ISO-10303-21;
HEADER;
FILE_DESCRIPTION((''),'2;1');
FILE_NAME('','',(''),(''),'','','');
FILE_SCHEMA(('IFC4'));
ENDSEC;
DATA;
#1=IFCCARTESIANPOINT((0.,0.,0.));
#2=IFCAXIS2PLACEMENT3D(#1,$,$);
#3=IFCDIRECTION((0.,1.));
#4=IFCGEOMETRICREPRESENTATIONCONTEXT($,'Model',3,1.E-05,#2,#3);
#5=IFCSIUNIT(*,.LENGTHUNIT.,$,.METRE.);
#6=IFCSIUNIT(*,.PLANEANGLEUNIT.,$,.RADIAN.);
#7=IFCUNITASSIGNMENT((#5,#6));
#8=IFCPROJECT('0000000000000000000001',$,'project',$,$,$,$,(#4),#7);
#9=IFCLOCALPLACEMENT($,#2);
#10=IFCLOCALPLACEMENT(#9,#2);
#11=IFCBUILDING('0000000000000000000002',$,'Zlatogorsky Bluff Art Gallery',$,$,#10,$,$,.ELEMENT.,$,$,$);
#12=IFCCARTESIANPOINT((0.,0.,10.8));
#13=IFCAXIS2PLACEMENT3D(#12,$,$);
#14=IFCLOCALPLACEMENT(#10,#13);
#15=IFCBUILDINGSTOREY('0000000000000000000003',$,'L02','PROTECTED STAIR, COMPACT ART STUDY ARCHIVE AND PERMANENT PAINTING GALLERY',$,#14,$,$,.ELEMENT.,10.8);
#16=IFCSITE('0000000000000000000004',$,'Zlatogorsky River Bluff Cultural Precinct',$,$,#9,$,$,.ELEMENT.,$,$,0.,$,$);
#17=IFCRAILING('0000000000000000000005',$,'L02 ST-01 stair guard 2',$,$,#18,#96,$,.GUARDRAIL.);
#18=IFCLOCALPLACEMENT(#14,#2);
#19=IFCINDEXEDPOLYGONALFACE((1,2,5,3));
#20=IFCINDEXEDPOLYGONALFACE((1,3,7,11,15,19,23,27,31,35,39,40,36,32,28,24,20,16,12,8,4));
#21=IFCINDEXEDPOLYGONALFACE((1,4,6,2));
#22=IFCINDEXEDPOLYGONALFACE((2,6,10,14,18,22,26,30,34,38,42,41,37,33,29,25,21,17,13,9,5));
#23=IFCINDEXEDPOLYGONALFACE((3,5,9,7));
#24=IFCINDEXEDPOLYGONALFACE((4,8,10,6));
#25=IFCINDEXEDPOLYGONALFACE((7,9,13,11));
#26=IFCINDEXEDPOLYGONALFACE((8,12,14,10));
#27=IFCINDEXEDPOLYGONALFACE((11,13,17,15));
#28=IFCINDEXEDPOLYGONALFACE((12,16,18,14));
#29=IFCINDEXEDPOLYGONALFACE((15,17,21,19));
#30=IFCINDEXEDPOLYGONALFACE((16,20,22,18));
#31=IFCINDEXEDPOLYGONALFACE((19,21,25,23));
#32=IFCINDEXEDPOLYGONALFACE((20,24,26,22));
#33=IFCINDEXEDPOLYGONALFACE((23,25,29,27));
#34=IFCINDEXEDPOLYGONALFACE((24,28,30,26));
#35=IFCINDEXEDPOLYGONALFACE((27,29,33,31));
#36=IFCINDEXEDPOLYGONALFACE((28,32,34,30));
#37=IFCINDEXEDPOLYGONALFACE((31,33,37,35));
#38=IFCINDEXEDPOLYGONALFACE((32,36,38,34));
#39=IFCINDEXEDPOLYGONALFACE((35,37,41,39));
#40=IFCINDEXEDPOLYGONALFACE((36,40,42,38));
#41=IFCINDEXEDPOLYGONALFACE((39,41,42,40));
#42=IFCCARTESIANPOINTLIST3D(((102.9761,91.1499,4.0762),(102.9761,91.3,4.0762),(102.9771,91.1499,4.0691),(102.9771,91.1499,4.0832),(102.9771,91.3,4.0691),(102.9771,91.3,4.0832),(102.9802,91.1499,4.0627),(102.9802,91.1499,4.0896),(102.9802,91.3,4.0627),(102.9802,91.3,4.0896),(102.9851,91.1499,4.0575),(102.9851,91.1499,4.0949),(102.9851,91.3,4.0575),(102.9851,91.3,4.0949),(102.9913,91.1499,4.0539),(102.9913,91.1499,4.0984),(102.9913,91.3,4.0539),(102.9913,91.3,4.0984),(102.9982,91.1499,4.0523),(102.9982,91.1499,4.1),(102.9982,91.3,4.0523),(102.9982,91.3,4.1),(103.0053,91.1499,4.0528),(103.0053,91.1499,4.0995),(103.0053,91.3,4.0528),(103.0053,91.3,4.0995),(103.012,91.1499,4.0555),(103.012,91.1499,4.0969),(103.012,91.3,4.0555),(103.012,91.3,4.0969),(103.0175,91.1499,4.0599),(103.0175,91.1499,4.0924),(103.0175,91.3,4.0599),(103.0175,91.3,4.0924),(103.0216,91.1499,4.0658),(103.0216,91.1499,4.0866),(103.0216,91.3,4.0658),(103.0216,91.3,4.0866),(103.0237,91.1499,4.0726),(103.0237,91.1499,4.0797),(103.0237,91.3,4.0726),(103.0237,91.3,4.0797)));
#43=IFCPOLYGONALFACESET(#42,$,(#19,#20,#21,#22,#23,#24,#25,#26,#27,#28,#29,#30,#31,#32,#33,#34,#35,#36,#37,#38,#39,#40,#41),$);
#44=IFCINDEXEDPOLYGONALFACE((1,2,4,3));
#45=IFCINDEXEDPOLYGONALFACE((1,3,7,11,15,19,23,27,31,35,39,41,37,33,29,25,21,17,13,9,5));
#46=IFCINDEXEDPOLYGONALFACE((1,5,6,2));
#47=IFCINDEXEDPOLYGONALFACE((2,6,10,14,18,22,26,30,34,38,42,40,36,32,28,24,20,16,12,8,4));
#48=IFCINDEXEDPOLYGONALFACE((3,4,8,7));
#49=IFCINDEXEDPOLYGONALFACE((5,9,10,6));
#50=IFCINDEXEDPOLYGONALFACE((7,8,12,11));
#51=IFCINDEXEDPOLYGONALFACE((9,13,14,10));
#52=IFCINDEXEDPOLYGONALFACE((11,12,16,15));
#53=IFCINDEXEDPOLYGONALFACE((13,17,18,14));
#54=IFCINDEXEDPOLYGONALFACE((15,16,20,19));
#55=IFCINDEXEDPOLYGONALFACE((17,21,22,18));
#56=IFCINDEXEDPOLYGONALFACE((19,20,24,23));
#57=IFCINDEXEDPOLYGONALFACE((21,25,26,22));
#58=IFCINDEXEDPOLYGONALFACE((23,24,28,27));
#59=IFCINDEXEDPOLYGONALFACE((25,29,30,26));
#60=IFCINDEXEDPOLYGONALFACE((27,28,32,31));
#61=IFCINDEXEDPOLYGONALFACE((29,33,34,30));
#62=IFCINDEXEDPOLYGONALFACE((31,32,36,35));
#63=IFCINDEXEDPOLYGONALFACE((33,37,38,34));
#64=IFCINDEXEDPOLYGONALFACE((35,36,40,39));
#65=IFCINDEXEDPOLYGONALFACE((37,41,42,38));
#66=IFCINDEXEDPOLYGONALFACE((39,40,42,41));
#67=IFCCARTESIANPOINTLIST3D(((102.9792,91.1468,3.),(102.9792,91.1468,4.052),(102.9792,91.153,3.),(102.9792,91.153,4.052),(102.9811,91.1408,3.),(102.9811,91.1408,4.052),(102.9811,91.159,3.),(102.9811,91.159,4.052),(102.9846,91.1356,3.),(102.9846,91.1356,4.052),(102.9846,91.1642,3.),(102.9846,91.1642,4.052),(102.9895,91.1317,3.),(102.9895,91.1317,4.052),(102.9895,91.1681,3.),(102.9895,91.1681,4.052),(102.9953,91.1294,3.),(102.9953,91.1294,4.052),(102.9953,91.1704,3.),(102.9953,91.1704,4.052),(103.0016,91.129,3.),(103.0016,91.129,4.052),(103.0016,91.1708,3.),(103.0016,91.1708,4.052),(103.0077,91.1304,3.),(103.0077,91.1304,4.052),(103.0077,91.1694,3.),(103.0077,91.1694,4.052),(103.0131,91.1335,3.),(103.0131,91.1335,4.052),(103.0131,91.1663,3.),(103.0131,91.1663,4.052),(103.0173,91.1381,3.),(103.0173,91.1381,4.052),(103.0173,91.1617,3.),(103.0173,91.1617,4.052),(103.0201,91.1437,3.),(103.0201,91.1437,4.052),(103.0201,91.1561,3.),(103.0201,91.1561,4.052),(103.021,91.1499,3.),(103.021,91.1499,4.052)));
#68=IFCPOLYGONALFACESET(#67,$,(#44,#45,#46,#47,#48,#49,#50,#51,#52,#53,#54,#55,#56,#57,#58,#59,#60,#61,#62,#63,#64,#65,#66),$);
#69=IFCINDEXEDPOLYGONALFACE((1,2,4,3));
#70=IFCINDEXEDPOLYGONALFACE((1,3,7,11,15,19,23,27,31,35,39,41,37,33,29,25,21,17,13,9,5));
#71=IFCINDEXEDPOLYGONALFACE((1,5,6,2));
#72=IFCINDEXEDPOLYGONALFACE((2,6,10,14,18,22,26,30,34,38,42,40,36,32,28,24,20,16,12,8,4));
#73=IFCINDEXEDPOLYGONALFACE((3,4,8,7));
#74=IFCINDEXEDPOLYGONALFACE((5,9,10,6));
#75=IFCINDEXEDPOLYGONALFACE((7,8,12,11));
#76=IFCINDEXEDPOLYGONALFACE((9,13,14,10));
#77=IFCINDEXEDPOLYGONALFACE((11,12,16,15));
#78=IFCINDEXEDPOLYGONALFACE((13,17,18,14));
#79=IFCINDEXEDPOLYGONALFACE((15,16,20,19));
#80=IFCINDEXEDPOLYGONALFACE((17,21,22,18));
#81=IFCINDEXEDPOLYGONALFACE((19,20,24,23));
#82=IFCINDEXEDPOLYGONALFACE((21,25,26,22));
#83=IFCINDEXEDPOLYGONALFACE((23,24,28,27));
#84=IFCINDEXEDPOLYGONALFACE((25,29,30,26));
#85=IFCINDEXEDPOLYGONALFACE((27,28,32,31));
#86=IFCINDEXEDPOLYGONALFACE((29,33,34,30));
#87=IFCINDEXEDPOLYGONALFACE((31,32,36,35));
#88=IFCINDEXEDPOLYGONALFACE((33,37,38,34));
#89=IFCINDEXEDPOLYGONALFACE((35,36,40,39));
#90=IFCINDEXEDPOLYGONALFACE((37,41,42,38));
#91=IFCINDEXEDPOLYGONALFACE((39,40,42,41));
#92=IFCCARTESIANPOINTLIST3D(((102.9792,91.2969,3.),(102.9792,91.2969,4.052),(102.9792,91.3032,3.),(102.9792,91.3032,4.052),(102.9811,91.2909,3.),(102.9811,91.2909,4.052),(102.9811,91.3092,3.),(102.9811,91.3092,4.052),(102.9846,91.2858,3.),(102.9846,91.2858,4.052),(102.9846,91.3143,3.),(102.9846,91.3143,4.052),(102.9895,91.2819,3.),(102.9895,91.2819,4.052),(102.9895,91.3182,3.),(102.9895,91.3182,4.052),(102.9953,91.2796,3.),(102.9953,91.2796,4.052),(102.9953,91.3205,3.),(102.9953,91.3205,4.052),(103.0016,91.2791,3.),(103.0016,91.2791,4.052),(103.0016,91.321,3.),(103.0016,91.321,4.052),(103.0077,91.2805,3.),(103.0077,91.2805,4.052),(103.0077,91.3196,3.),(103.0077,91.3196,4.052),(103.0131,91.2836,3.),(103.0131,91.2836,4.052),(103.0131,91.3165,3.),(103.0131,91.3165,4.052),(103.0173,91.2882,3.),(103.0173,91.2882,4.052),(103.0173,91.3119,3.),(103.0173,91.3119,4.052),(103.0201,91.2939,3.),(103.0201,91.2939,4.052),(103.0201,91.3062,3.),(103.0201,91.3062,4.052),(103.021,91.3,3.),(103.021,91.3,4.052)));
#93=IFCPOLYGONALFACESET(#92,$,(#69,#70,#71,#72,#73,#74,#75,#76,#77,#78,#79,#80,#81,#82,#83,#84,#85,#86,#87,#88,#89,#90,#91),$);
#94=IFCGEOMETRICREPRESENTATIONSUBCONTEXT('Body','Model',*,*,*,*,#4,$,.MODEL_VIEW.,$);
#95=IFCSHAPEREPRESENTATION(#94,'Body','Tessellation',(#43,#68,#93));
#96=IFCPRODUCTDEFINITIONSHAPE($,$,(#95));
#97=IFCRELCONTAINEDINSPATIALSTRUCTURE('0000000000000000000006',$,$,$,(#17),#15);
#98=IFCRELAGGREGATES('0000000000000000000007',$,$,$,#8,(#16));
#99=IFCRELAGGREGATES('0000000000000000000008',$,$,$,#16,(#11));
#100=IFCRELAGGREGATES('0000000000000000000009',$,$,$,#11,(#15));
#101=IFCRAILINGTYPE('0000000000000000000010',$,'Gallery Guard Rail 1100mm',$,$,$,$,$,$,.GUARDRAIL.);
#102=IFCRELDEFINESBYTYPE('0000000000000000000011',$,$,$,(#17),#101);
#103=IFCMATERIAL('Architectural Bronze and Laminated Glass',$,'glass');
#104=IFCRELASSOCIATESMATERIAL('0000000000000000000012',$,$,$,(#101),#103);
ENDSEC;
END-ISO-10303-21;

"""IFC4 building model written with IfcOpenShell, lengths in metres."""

from ifc_helpers import new_model, si_unit, direction, frame, origin, origin_2d, place, context, subcontext, project, spatial, circle, extrude, material, type_object, element, save


model = new_model("IFC4")

# Units and contexts
model_context = context("Model", 3, precision=1e-05, world=origin(), true_north=direction((0.0, 1.0)))
body_context = subcontext(model_context, "Body", "Model", "MODEL_VIEW")
ifc_project = project(units=[si_unit("LENGTHUNIT", "METRE"), si_unit("PLANEANGLEUNIT", "RADIAN")], contexts=[model_context])

# Site, building, storey
site_placement = place(None, origin())
site = spatial("IfcSite", under=ifc_project, at=site_placement, Name="Zlatogorsky River Bluff Cultural Precinct", CompositionType="ELEMENT", RefElevation=0.0)
building_placement = place(site_placement, origin())
building = spatial("IfcBuilding", under=site, at=building_placement, Name="Zlatogorsky Bluff Art Gallery", CompositionType="ELEMENT")
storey_placement = place(building_placement, frame((0.0, 0.0, 10.8)))
storey = spatial("IfcBuildingStorey", under=building, at=storey_placement, Name="L02", Description="PROTECTED STAIR, COMPACT ART STUDY ARCHIVE AND PERMANENT PAINTING GALLERY", CompositionType="ELEMENT", Elevation=10.8)

# Railing
ifc_material_1 = material(Name="Architectural Bronze and Laminated Glass", Category="glass")
railing_type_1 = type_object("IfcRailingType", Name="Gallery Guard Rail 1100mm", PredefinedType="GUARDRAIL", material=ifc_material_1)
railing_1_placement = place(storey_placement, frame((103.0, 91.1499, 3.0)))
element("IfcRailing", 1, at=railing_1_placement, inside=storey, type_object=railing_type_1, Name="L02 ST-01 stair guard 2", PredefinedType="GUARDRAIL", context=body_context, shape_type="SweptSolid", body=[
    extrude(circle(Radius=0.0239, at=origin_2d()), frame((0.0, 0.0, 1.0762), z_axis=(0.0, 1.0, 0.0), x_axis=(-1.0, 0.0, 0.0)), (0.0, 0.0, 1.0), 0.1501),
    extrude(circle(Radius=0.021, at=origin_2d()), origin(), (0.0, 0.0, 1.0), 1.052),
    extrude(circle(Radius=0.021, at=origin_2d()), frame((0.0, 0.1501, 0.0)), (0.0, 0.0, 1.0), 1.052),
])

save(model, "model.ifc")
